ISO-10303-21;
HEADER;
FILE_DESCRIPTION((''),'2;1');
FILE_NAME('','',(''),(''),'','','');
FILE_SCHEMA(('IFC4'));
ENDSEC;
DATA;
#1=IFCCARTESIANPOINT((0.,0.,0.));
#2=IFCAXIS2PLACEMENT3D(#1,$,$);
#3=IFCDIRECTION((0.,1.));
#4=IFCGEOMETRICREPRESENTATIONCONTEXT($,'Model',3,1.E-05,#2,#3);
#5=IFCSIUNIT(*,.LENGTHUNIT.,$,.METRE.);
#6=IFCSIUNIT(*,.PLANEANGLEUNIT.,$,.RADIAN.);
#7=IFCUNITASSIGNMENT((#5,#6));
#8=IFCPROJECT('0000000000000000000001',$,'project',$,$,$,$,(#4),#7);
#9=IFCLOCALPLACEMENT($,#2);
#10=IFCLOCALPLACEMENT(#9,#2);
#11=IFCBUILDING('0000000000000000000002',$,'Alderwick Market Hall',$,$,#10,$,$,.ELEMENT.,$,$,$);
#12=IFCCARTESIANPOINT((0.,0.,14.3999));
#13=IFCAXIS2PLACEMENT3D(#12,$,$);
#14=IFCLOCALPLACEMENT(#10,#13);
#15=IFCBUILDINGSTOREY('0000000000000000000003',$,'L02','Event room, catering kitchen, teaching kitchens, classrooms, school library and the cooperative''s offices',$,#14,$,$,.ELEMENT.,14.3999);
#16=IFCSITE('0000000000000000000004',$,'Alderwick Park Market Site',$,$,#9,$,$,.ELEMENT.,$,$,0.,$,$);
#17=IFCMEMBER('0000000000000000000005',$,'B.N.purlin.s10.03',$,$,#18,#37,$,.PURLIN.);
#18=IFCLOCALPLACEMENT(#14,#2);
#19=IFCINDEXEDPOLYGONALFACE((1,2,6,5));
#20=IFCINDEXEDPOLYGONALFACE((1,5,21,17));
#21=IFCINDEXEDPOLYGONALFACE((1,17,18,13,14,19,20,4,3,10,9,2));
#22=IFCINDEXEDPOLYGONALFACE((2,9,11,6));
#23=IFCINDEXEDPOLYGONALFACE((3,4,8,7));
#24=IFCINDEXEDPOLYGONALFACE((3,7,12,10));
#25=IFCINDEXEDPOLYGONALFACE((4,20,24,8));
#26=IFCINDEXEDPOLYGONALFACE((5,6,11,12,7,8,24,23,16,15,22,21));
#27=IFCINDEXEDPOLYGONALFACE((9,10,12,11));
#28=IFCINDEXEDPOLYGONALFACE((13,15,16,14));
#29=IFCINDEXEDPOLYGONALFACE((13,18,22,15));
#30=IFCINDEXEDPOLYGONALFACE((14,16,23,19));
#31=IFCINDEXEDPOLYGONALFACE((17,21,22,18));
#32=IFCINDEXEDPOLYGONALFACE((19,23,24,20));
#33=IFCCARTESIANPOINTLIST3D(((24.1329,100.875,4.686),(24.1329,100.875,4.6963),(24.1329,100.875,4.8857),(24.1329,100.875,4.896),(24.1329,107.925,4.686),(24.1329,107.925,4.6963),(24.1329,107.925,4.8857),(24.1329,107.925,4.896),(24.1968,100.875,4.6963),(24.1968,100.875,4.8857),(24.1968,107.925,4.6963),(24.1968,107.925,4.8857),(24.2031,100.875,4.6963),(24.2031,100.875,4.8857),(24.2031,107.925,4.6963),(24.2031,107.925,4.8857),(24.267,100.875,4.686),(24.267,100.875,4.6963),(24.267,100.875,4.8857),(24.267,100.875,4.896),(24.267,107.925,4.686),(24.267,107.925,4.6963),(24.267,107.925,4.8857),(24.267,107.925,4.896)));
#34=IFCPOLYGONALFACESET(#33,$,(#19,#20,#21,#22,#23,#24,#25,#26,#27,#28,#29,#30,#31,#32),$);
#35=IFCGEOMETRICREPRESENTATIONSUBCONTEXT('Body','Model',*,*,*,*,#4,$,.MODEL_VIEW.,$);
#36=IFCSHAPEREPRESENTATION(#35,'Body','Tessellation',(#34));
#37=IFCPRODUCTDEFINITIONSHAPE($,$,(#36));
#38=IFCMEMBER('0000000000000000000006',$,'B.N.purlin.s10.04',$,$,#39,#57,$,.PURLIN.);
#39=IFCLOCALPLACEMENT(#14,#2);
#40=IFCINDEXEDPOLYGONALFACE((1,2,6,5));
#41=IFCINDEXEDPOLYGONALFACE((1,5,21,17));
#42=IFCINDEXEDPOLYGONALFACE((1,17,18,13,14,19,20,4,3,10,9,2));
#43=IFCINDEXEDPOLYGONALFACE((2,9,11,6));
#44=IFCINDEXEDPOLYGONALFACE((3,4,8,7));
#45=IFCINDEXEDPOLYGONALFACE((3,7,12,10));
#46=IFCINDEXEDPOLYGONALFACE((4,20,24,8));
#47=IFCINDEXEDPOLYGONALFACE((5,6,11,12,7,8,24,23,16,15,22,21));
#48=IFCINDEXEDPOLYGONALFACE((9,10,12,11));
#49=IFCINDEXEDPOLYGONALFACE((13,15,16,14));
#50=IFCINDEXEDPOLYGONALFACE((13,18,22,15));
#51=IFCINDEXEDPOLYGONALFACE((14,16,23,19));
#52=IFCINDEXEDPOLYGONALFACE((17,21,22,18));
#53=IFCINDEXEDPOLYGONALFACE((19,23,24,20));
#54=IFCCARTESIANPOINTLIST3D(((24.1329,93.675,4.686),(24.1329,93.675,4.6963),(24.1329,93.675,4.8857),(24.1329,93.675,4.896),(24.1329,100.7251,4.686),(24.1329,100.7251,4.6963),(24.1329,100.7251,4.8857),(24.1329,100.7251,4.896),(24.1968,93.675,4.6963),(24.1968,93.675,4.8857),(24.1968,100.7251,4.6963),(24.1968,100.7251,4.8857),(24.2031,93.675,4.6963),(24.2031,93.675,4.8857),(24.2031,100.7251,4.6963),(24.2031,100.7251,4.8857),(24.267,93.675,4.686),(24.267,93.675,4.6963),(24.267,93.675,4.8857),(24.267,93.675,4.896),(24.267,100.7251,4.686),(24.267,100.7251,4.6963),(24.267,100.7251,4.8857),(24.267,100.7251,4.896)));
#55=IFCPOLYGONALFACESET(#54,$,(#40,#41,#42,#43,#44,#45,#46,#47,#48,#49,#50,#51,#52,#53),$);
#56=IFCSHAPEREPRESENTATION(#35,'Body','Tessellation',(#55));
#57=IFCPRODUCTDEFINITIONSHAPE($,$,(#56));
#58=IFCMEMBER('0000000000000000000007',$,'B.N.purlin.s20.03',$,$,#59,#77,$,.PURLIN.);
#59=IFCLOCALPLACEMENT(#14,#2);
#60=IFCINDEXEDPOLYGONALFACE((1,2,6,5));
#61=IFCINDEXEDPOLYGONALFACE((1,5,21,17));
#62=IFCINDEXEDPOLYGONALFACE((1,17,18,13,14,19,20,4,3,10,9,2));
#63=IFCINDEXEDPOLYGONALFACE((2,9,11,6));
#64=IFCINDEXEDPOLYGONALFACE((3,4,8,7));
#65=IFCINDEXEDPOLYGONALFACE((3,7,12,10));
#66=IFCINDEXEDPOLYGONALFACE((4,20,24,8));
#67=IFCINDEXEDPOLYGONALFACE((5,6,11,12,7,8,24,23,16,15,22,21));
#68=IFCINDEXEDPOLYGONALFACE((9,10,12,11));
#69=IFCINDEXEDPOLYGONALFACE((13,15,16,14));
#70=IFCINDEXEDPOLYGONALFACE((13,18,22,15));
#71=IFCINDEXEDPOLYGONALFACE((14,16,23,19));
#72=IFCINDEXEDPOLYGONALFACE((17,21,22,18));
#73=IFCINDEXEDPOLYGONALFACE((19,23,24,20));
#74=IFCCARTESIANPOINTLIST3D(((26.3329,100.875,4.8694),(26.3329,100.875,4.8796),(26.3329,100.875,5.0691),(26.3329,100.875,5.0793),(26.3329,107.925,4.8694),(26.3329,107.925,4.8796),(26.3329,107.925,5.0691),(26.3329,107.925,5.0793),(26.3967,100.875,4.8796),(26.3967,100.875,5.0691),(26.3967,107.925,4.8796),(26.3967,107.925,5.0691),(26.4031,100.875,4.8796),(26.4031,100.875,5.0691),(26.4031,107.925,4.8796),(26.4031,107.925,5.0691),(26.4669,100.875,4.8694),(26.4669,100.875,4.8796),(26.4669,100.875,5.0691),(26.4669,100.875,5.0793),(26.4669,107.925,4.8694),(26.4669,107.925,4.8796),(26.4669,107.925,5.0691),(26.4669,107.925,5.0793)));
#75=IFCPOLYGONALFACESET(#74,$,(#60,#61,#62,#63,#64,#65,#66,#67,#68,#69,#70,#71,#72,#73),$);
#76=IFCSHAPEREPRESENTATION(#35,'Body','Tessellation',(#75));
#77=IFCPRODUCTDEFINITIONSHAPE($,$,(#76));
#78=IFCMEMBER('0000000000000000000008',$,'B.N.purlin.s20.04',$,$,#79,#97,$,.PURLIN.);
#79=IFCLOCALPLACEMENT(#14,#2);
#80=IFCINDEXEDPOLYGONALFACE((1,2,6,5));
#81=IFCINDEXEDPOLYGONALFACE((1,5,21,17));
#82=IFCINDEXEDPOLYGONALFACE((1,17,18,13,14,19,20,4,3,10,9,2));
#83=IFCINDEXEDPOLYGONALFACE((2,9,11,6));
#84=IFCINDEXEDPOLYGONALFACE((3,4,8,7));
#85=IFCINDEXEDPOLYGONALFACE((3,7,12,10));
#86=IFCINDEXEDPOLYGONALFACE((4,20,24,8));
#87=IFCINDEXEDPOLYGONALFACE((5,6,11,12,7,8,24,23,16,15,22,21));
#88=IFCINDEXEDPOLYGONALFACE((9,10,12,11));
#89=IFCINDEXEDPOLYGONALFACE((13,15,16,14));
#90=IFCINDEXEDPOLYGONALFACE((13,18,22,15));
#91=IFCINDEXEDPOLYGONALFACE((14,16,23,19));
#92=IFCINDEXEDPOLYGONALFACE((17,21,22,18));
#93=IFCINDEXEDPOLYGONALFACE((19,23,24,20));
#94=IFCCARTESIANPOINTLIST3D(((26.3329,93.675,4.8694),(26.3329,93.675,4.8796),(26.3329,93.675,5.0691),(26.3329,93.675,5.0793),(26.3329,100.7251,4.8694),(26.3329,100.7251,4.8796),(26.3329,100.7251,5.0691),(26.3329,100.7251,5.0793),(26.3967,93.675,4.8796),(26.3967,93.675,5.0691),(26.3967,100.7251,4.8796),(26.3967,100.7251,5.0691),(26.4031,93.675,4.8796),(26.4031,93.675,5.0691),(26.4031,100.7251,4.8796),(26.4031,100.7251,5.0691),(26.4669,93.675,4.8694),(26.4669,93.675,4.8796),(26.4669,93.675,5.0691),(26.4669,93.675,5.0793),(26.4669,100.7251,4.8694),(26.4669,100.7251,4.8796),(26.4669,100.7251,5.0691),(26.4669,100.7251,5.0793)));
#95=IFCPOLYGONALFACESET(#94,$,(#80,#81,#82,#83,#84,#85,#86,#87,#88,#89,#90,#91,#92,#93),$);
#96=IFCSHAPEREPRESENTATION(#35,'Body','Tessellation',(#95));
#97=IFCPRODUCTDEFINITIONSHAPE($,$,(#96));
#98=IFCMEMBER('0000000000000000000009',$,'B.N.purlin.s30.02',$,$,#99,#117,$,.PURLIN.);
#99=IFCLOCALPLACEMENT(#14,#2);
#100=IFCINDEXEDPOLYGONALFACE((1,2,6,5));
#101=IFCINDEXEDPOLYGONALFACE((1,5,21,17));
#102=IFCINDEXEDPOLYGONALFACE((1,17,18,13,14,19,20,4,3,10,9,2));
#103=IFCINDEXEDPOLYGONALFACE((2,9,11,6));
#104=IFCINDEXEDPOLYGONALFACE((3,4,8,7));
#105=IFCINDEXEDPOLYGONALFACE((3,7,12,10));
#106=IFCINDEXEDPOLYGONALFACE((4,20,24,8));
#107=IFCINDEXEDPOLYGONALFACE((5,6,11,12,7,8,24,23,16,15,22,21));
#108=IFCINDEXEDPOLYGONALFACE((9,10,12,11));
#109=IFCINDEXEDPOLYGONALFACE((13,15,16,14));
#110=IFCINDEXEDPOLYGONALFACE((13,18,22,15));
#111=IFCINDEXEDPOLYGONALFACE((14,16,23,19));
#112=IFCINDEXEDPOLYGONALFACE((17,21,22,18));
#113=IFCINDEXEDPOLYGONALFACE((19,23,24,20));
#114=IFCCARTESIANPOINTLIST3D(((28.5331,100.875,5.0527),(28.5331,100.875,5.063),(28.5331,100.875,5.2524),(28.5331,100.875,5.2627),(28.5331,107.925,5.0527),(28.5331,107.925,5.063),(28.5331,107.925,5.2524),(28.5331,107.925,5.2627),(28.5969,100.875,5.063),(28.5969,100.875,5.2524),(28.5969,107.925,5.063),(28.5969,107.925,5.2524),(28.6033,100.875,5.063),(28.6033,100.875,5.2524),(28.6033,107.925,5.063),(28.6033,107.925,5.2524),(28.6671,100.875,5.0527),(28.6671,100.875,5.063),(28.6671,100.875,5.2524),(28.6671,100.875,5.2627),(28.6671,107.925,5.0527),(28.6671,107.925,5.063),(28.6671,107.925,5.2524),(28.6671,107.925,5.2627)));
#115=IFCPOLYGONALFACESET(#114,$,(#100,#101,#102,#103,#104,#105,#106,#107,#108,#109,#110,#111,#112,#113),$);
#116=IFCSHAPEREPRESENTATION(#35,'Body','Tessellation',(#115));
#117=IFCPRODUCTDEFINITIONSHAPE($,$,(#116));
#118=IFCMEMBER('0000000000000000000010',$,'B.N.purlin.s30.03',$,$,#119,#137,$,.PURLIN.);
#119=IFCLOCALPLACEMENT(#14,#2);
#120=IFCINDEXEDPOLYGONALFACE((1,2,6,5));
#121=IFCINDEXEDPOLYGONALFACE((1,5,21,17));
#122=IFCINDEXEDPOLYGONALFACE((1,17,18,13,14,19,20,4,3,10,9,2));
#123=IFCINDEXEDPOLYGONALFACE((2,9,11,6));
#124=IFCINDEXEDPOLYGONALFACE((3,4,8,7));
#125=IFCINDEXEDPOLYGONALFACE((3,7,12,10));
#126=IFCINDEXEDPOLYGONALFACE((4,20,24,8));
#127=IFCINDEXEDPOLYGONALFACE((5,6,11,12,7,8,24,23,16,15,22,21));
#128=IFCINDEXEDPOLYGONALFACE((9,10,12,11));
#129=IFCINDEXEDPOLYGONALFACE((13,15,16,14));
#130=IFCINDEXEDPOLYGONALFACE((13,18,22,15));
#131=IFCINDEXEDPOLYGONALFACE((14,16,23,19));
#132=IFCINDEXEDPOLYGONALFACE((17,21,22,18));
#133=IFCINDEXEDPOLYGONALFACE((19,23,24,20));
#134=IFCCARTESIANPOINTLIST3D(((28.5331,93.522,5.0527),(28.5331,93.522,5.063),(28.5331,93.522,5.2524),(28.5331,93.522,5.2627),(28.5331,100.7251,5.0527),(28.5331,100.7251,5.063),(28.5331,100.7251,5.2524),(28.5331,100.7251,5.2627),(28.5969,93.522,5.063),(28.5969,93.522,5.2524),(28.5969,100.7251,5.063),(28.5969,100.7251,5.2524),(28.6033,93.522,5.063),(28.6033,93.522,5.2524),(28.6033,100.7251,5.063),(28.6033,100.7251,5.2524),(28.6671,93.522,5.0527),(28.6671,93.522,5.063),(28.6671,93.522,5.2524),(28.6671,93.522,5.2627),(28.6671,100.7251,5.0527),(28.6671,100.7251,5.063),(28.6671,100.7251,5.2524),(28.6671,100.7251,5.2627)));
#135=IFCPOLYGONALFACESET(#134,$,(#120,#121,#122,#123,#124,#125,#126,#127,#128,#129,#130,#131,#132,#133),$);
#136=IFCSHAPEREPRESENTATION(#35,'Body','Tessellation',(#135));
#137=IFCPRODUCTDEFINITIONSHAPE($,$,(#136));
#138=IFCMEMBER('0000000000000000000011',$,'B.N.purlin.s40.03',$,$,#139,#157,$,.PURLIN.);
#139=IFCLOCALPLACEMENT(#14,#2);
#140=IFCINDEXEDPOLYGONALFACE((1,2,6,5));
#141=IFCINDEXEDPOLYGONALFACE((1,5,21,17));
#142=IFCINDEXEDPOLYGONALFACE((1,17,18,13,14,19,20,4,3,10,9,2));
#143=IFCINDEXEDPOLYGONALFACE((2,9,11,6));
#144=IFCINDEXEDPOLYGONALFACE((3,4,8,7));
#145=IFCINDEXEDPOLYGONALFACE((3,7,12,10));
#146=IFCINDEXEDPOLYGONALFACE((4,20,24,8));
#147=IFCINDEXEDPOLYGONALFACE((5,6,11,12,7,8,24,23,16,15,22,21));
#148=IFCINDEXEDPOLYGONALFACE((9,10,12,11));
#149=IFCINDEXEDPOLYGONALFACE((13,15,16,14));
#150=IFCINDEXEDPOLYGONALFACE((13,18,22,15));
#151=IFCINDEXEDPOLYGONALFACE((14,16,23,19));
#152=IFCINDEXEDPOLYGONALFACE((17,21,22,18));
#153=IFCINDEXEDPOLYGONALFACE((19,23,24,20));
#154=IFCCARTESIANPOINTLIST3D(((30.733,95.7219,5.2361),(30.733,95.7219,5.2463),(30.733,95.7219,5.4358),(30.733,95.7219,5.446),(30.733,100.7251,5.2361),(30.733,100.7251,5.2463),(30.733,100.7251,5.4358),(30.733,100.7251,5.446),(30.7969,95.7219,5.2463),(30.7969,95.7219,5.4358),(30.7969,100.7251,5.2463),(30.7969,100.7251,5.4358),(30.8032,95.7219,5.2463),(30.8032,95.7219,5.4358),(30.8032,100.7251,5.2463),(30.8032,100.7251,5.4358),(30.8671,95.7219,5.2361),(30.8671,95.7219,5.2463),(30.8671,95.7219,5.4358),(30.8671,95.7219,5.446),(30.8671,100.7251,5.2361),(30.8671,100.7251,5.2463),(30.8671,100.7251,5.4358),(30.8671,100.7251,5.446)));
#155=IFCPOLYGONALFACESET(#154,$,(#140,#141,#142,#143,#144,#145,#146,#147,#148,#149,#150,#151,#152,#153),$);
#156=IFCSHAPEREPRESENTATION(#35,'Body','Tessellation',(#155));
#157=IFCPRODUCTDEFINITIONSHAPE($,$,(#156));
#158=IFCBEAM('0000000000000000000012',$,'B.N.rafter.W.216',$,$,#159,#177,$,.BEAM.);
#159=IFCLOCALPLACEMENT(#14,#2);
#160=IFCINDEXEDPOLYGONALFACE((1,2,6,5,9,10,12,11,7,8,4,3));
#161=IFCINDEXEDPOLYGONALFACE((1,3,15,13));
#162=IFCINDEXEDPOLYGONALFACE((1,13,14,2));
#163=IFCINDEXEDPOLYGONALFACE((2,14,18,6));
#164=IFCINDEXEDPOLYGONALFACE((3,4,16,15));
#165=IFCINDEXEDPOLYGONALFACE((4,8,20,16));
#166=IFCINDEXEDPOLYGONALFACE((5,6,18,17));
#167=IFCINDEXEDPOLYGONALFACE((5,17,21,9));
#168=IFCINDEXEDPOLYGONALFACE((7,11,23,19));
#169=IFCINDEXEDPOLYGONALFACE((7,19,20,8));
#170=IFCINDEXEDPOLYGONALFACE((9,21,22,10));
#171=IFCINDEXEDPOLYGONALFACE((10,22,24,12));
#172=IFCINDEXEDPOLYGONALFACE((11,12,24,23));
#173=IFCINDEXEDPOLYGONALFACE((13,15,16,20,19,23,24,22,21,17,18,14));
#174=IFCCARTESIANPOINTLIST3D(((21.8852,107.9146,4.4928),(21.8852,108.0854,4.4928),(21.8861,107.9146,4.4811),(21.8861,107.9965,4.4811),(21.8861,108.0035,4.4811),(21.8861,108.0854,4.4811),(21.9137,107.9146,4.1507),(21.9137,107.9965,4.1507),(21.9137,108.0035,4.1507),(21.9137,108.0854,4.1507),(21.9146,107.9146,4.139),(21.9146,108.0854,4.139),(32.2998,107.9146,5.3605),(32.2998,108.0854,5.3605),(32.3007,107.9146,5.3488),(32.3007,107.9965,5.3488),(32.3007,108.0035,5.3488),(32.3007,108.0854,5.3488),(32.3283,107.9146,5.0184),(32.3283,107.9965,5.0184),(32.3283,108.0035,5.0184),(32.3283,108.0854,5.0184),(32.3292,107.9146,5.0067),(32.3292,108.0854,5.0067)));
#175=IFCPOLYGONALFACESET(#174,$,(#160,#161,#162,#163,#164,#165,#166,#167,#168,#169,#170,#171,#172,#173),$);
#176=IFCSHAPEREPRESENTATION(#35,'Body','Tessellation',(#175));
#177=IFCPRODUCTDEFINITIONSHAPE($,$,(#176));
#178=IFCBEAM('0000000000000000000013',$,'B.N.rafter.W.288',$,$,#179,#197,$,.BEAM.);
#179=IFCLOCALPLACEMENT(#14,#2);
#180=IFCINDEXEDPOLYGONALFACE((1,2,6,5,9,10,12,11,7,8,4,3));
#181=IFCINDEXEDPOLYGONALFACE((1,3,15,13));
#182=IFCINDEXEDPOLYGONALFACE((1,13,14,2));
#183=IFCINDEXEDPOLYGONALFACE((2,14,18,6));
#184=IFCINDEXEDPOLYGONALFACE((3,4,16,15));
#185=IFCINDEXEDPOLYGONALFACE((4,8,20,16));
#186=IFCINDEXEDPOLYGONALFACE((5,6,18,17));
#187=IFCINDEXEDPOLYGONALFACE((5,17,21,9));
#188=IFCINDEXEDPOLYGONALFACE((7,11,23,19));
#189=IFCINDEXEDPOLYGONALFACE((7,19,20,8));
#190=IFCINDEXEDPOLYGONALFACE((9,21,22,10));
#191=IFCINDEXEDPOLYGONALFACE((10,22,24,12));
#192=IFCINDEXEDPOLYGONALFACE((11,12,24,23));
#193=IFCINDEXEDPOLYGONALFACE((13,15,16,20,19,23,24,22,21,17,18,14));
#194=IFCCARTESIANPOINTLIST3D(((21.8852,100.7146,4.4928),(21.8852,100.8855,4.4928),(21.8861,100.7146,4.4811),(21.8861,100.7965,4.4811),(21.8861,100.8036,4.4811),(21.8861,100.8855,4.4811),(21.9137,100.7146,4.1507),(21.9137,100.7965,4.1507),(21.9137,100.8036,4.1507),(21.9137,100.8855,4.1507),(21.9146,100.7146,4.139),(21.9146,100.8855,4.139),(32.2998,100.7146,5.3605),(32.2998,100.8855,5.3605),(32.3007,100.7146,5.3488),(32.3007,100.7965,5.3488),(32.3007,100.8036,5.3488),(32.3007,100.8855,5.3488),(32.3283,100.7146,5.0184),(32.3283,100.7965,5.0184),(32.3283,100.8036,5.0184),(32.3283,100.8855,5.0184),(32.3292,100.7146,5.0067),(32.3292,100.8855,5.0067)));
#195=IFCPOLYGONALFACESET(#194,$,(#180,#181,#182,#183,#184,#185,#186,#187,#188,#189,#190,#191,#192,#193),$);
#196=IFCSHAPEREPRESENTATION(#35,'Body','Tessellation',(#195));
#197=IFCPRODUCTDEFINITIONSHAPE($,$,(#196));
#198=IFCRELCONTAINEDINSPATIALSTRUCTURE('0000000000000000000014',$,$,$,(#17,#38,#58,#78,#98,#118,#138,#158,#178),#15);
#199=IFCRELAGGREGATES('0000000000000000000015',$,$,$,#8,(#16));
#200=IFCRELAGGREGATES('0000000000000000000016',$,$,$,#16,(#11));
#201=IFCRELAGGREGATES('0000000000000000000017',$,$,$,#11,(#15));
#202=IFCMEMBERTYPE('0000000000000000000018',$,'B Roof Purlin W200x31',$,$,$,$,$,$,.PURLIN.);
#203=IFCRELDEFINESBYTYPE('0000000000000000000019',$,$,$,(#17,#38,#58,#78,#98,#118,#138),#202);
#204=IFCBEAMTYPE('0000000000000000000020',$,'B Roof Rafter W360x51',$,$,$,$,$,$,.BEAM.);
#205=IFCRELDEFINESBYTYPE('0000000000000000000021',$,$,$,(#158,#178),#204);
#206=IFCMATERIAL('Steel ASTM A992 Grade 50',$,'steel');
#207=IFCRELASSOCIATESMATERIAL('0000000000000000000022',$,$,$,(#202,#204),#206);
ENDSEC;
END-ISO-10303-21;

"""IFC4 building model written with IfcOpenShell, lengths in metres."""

from ifc_helpers import new_model, si_unit, direction, frame, origin, origin_2d, place, context, subcontext, project, spatial, i_section, extrude, material, material_profile, profile_set, type_object, element, save


model = new_model("IFC4")

# Units and contexts
model_context = context("Model", 3, precision=1e-05, world=origin(), true_north=direction((0.0, 1.0)))
body_context = subcontext(model_context, "Body", "Model", "MODEL_VIEW")
ifc_project = project(units=[si_unit("LENGTHUNIT", "METRE"), si_unit("PLANEANGLEUNIT", "RADIAN")], contexts=[model_context])

# Site, building, storey
site_placement = place(None, origin())
site = spatial("IfcSite", under=ifc_project, at=site_placement, Name="Alderwick Park Market Site", CompositionType="ELEMENT", RefElevation=0.0)
building_placement = place(site_placement, origin())
building = spatial("IfcBuilding", under=site, at=building_placement, Name="Alderwick Market Hall", CompositionType="ELEMENT")
storey_placement = place(building_placement, frame((0.0, 0.0, 14.3999)))
storey = spatial("IfcBuildingStorey", under=building, at=storey_placement, Name="L02", Description="Event room, catering kitchen, teaching kitchens, classrooms, school library and the cooperative's offices", CompositionType="ELEMENT", Elevation=14.3999)

# Members
ifc_material_1 = material(Name="Steel ASTM A992 Grade 50", Category="steel")
ifc_material_profile_1 = material_profile(ifc_material_1, i_section(OverallWidth=0.134, OverallDepth=0.21, WebThickness=0.0063, FlangeThickness=0.0103, at=origin_2d()), Name="W200x31")
ifc_profile_set_1 = profile_set([ifc_material_profile_1], Name="Steel ASTM A992 Grade 50")
member_type = type_object("IfcMemberType", Name="B Roof Purlin W200x31", PredefinedType="PURLIN", material=ifc_profile_set_1)
for number, where, z_axis, x_axis, name in (
    (1, (24.2, 107.925, 4.791), (0.0, -1.0, 0.0), (1.0, 0.0, 0.0), "B.N.purlin.s10.03"),
    (2, (24.2, 100.7251, 4.791), (0.0, -1.0, 0.0), (1.0, 0.0, 0.0), "B.N.purlin.s10.04"),
    (3, (26.3999, 107.925, 4.9744), (0.0, -1.0, 0.0), (1.0, 0.0, 0.0), "B.N.purlin.s20.03"),
    (4, (26.3999, 100.7251, 4.9744), (0.0, -1.0, 0.0), (1.0, 0.0, 0.0), "B.N.purlin.s20.04"),
    (5, (28.6001, 107.925, 5.1577), (0.0, -1.0, 0.0), (1.0, 0.0, 0.0), "B.N.purlin.s30.02"),
):
    element("IfcMember", number, at=place(storey_placement, frame(where, z_axis=z_axis, x_axis=x_axis)), inside=storey, type_object=member_type, Name=name, PredefinedType="PURLIN", context=body_context, shape_type="SweptSolid", body=[
        extrude(i_section(OverallWidth=0.134, OverallDepth=0.21, WebThickness=0.0063, FlangeThickness=0.0103, at=origin_2d()), origin(), (0.0, 0.0, 1.0), 7.05),
    ])
member_1_placement = place(storey_placement, frame((28.6001, 100.7251, 5.1577), z_axis=(0.0, -1.0, 0.0), x_axis=(1.0, 0.0, 0.0)))
element("IfcMember", 6, at=member_1_placement, inside=storey, type_object=member_type, Name="B.N.purlin.s30.03", PredefinedType="PURLIN", context=body_context, shape_type="SweptSolid", body=[
    extrude(i_section(OverallWidth=0.134, OverallDepth=0.21, WebThickness=0.0063, FlangeThickness=0.0103, at=origin_2d()), origin(), (0.0, 0.0, 1.0), 7.2031),
])
member_2_placement = place(storey_placement, frame((30.8, 100.7251, 5.3411), z_axis=(0.0, -1.0, 0.0), x_axis=(1.0, 0.0, 0.0)))
element("IfcMember", 7, at=member_2_placement, inside=storey, type_object=member_type, Name="B.N.purlin.s40.03", PredefinedType="PURLIN", context=body_context, shape_type="SweptSolid", body=[
    extrude(i_section(OverallWidth=0.134, OverallDepth=0.21, WebThickness=0.0063, FlangeThickness=0.0103, at=origin_2d()), origin(), (0.0, 0.0, 1.0), 5.0032),
])

# Beams
ifc_material_profile_2 = material_profile(ifc_material_1, i_section(OverallWidth=0.1709, OverallDepth=0.355, WebThickness=0.0071, FlangeThickness=0.0117, at=origin_2d()), Name="W360x51")
ifc_profile_set_2 = profile_set([ifc_material_profile_2], Name="Steel ASTM A992 Grade 50")
beam_type_1 = type_object("IfcBeamType", Name="B Roof Rafter W360x51", PredefinedType="BEAM", material=ifc_profile_set_2)
for number, where, z_axis, x_axis, name in (
    (8, (21.8999, 108.0, 4.3159), (0.996547, 0.0, 0.083026), (0.0, 1.0, 0.0), "B.N.rafter.W.216"),
    (9, (21.8999, 100.8, 4.3159), (0.996547, 0.0, 0.083026), (0.0, 1.0, 0.0), "B.N.rafter.W.288"),
):
    element("IfcBeam", number, at=place(storey_placement, frame(where, z_axis=z_axis, x_axis=x_axis)), inside=storey, type_object=beam_type_1, Name=name, PredefinedType="BEAM", context=body_context, shape_type="SweptSolid", body=[
        extrude(i_section(OverallWidth=0.1709, OverallDepth=0.355, WebThickness=0.0071, FlangeThickness=0.0117, at=origin_2d()), origin(), (0.0, 0.0, 1.0), 10.4507),
    ])

save(model, "model.ifc")
